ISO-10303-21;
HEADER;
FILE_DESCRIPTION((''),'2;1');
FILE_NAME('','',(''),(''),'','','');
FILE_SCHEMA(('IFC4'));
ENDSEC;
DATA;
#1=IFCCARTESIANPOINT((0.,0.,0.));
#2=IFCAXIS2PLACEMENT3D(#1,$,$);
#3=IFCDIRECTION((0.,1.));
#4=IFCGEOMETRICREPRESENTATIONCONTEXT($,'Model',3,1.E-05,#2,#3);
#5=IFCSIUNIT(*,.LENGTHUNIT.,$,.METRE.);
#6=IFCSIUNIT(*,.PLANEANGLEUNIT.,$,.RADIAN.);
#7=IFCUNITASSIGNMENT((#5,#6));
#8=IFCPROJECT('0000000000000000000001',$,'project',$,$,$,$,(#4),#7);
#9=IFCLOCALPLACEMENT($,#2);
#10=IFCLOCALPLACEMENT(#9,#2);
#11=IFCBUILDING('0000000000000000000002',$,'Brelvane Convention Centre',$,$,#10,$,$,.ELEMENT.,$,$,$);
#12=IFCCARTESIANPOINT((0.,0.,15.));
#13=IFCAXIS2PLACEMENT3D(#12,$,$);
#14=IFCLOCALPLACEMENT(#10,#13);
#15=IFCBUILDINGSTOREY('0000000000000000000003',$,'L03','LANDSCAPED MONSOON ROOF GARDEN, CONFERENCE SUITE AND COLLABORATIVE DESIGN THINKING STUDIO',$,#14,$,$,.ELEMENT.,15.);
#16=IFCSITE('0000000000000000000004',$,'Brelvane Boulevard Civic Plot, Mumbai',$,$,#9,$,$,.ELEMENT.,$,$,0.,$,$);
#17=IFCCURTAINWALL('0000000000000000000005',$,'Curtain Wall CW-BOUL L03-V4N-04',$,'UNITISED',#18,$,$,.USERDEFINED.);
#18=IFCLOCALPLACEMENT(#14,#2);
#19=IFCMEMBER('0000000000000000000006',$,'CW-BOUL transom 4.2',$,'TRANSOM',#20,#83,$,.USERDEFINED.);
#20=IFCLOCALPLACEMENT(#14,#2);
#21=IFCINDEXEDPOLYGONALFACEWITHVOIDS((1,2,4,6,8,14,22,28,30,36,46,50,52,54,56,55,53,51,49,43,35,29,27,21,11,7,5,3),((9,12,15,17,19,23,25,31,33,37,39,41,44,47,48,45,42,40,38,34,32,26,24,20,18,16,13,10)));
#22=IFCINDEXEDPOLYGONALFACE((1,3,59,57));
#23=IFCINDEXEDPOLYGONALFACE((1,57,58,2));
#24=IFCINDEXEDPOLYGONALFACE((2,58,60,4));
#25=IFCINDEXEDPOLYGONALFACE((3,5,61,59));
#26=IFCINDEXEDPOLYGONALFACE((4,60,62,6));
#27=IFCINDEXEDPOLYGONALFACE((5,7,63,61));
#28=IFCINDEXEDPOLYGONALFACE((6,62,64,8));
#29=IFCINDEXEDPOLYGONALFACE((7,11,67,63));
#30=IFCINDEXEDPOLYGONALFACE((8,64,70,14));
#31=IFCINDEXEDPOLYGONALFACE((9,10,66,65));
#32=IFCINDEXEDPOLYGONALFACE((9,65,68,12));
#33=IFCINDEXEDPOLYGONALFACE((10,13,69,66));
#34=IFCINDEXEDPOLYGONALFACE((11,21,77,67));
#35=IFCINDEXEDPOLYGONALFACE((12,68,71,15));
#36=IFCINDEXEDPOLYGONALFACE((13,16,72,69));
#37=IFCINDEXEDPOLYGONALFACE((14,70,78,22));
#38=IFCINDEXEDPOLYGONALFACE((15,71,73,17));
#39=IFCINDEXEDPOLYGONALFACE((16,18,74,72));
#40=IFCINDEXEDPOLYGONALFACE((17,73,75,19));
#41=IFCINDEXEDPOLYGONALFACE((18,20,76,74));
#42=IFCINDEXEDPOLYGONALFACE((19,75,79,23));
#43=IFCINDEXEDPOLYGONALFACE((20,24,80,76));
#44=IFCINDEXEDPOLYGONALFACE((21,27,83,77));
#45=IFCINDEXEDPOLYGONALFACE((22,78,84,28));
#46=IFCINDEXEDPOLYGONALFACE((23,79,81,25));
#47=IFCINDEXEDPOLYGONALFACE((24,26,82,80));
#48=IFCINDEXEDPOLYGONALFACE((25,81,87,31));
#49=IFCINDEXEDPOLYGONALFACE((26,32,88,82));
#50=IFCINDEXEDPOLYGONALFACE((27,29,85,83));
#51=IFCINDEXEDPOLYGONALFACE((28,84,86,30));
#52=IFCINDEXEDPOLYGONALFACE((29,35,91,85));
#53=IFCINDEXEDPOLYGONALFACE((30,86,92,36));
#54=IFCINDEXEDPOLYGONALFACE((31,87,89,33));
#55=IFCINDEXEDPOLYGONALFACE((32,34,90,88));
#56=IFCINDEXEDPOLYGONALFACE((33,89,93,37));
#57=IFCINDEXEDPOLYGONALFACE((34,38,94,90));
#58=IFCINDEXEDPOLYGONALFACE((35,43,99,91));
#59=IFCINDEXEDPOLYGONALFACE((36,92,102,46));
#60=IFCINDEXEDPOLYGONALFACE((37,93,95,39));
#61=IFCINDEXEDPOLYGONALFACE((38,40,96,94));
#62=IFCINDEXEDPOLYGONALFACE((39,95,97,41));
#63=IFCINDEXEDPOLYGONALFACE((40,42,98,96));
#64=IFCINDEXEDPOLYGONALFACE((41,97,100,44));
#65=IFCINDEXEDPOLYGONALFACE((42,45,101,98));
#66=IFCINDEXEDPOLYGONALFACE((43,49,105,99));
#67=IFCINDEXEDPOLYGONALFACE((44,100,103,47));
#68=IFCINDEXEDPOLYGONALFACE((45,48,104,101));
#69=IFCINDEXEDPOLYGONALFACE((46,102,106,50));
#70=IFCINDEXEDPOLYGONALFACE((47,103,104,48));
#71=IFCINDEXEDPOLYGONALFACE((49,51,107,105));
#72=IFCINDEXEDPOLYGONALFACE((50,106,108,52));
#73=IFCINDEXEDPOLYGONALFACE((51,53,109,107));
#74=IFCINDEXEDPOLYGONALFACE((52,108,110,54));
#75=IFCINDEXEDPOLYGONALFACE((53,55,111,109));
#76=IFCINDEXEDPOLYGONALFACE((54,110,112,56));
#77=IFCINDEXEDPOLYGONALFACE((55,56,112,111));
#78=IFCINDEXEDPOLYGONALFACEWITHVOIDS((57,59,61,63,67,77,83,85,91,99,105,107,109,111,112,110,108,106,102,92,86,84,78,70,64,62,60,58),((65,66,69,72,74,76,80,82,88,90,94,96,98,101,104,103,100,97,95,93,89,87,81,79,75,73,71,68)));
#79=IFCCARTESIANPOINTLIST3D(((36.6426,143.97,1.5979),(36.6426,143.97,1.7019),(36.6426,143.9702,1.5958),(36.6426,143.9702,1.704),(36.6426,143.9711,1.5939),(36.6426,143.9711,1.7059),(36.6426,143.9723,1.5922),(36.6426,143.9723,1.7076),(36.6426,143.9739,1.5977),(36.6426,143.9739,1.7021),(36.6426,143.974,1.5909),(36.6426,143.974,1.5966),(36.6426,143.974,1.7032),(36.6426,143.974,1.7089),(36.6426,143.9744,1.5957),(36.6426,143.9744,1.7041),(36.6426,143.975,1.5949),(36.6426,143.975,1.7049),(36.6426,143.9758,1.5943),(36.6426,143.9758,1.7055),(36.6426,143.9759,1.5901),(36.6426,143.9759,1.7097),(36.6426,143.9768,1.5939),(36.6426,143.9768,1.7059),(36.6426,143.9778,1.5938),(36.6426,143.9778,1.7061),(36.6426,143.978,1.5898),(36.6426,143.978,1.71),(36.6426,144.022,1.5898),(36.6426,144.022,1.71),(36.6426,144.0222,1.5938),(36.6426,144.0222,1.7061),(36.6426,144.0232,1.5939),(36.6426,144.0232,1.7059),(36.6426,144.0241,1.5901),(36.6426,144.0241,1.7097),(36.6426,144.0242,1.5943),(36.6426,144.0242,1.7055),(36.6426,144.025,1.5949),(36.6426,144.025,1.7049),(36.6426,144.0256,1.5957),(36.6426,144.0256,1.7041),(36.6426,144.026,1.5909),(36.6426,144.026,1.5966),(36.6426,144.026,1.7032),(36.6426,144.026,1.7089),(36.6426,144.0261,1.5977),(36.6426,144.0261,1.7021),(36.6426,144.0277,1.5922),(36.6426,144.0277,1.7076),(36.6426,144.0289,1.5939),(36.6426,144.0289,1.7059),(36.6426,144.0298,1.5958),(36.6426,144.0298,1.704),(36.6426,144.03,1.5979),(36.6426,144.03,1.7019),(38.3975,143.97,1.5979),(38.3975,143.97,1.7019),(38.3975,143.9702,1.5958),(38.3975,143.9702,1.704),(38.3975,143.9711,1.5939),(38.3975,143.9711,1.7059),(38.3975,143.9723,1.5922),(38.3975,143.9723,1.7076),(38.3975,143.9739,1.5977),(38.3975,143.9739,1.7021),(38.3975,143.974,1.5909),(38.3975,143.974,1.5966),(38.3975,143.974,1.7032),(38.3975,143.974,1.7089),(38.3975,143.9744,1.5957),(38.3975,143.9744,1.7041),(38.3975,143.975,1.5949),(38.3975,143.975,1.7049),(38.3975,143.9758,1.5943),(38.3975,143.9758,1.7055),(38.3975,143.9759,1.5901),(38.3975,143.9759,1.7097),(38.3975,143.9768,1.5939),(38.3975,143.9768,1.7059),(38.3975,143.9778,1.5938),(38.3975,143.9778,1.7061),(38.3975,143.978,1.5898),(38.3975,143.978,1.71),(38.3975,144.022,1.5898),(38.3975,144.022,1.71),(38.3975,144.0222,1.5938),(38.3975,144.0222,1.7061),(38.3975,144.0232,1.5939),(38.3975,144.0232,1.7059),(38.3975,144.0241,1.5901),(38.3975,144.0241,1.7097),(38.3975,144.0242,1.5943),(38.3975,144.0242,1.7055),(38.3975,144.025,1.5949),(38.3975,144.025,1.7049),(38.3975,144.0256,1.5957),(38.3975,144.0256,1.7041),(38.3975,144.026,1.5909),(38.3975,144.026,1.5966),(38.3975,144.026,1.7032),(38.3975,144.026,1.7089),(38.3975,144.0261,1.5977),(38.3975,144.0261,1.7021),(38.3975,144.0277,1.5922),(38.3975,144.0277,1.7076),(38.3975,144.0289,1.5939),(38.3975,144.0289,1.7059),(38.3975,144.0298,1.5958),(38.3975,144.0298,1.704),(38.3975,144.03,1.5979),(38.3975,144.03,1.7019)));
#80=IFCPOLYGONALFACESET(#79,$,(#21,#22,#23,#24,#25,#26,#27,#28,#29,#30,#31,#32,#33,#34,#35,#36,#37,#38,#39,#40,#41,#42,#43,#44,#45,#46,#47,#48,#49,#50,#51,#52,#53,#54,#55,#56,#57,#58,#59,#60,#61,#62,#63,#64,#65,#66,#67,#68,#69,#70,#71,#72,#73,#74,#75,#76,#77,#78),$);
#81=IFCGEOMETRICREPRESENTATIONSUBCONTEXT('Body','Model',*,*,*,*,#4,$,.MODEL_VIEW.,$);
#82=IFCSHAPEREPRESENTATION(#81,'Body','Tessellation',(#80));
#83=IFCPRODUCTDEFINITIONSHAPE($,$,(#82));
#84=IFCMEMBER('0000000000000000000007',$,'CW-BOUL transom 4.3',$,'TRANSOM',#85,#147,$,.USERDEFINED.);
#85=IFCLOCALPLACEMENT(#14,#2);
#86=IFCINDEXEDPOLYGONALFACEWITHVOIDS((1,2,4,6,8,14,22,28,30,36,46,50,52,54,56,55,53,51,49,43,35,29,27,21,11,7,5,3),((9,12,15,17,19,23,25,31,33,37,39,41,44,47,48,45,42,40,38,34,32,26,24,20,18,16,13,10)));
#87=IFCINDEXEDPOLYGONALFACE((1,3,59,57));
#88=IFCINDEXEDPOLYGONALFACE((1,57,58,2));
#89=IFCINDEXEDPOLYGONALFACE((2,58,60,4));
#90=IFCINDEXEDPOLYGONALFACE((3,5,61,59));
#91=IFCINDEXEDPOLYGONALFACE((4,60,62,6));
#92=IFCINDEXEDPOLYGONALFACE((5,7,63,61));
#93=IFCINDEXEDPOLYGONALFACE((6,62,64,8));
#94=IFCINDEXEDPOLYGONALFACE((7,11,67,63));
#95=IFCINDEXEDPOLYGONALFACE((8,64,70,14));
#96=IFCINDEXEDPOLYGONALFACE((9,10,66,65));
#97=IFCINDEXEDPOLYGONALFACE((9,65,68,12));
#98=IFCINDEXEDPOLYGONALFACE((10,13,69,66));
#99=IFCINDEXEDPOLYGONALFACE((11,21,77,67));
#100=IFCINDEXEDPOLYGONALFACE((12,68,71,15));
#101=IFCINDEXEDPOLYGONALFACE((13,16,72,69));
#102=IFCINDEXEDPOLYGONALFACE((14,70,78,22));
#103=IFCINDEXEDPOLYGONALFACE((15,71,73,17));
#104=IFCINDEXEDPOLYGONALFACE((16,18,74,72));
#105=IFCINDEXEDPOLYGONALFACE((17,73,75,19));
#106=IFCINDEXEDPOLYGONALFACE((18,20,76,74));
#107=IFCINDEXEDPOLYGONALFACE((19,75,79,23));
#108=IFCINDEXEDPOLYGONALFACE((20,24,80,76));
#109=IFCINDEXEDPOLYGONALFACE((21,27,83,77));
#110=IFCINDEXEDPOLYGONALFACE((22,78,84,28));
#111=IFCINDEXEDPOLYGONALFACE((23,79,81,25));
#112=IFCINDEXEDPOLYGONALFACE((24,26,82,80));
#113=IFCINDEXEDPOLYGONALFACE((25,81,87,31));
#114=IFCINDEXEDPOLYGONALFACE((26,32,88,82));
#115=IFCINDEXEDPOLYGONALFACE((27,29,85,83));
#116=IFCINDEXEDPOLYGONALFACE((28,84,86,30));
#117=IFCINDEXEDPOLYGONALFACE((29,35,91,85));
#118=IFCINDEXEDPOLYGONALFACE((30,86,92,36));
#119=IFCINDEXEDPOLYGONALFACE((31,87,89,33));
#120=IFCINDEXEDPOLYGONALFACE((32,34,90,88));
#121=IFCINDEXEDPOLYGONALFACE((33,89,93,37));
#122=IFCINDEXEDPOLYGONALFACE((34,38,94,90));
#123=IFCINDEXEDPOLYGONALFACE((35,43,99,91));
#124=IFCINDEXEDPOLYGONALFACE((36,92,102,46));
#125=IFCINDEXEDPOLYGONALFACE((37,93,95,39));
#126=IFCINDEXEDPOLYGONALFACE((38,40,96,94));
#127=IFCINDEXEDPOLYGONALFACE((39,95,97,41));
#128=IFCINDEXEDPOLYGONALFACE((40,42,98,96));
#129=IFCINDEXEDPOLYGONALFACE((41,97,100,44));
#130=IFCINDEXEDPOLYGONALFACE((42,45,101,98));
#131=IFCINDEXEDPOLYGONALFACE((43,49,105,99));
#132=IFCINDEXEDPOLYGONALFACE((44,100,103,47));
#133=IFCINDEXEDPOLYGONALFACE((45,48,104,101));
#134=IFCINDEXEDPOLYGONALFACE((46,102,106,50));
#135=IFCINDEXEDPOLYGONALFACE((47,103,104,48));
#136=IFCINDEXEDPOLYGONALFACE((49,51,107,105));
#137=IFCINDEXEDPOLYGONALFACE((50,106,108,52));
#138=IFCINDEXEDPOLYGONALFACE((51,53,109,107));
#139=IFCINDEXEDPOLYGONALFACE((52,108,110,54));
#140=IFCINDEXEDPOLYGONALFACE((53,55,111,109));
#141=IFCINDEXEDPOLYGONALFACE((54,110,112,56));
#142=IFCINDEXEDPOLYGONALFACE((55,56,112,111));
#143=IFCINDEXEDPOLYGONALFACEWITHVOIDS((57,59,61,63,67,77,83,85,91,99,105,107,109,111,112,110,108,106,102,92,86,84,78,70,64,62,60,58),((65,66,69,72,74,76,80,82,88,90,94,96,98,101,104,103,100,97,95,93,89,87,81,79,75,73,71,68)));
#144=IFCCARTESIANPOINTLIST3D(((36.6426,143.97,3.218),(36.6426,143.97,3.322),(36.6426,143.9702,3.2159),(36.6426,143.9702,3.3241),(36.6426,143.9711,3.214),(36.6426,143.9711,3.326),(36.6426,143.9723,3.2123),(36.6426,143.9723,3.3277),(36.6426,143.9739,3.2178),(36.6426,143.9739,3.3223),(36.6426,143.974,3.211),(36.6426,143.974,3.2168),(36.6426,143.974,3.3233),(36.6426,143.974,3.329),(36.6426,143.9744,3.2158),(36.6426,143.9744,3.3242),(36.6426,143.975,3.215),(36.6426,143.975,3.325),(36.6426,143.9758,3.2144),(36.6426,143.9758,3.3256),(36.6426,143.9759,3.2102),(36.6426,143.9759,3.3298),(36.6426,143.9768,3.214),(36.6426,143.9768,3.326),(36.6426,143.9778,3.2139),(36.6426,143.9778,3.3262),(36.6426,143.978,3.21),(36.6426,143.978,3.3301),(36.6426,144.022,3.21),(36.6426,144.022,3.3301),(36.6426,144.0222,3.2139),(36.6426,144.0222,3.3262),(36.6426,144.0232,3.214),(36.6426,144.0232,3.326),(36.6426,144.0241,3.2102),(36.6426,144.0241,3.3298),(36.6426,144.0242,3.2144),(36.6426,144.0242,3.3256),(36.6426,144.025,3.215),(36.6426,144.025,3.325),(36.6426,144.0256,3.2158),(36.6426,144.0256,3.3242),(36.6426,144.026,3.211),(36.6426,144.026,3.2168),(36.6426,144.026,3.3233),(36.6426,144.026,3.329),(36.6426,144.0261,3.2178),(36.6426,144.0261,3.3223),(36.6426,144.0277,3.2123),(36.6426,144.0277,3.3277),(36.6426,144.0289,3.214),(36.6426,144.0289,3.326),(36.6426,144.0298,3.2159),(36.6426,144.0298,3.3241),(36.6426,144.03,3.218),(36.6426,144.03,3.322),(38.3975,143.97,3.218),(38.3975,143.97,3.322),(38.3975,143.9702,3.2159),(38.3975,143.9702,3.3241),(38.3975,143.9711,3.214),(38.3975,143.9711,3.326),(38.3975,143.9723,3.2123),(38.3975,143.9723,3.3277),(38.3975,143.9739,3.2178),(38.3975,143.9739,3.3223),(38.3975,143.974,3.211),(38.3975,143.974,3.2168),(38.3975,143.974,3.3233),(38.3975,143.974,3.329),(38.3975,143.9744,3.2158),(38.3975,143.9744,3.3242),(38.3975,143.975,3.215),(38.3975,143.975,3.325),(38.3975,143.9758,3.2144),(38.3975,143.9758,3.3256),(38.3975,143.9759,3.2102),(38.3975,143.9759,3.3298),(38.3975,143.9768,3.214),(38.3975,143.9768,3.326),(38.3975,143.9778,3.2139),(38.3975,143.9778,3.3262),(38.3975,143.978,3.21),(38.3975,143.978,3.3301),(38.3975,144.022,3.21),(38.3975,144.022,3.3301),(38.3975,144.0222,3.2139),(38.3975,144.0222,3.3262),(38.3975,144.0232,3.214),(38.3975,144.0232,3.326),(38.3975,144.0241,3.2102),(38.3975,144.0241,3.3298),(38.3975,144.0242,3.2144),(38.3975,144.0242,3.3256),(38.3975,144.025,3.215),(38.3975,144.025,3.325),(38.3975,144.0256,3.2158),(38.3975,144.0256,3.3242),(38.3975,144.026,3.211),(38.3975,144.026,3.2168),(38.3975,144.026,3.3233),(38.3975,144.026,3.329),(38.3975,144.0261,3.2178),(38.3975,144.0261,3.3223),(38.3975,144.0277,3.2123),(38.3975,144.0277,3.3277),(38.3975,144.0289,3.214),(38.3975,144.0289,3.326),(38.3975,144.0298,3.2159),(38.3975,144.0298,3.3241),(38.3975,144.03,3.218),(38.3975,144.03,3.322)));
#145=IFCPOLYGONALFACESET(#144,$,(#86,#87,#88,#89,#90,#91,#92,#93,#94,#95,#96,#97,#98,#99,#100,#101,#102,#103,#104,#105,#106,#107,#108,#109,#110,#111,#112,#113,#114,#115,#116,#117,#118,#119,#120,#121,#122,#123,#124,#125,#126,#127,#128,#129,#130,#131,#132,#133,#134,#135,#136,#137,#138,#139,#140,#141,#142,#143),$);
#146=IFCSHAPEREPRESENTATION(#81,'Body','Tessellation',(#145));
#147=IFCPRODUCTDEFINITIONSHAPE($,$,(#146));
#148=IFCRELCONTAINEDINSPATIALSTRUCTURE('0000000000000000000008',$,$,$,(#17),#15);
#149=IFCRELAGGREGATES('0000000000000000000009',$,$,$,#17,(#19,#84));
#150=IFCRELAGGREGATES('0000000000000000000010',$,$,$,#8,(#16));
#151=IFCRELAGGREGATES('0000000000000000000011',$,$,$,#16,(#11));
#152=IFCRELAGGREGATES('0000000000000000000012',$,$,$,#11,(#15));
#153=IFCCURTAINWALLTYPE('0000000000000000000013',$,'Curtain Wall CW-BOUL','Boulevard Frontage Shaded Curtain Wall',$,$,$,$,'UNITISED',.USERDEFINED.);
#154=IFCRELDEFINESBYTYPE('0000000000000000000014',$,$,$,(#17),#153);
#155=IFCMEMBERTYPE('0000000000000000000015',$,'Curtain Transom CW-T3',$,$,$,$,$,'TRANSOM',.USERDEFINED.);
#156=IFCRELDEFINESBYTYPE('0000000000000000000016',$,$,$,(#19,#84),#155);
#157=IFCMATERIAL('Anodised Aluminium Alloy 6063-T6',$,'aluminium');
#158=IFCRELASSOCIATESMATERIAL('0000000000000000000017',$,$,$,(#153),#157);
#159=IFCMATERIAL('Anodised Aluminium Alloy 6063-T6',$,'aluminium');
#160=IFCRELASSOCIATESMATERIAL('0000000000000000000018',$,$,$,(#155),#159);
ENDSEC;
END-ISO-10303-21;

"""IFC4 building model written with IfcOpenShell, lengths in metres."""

from ifc_helpers import new_model, si_unit, direction, frame, origin, origin_2d, place, context, subcontext, project, spatial, hollow_rectangle, extrude, material, material_profile, profile_set, type_object, element, aggregate, save


model = new_model("IFC4")

# Units and contexts
model_context = context("Model", 3, precision=1e-05, world=origin(), true_north=direction((0.0, 1.0)))
body_context = subcontext(model_context, "Body", "Model", "MODEL_VIEW")
ifc_project = project(units=[si_unit("LENGTHUNIT", "METRE"), si_unit("PLANEANGLEUNIT", "RADIAN")], contexts=[model_context])

# Site, building, storey
site_placement = place(None, origin())
site = spatial("IfcSite", under=ifc_project, at=site_placement, Name="Brelvane Boulevard Civic Plot, Mumbai", CompositionType="ELEMENT", RefElevation=0.0)
building_placement = place(site_placement, origin())
building = spatial("IfcBuilding", under=site, at=building_placement, Name="Brelvane Convention Centre", CompositionType="ELEMENT")
storey_placement = place(building_placement, frame((0.0, 0.0, 15.0)))
storey = spatial("IfcBuildingStorey", under=building, at=storey_placement, Name="L03", Description="LANDSCAPED MONSOON ROOF GARDEN, CONFERENCE SUITE AND COLLABORATIVE DESIGN THINKING STUDIO", CompositionType="ELEMENT", Elevation=15.0)

# Curtain wall, members
ifc_material_1 = material(Name="Anodised Aluminium Alloy 6063-T6", Category="aluminium")
curtain_wall_type = type_object("IfcCurtainWallType", Name="Curtain Wall CW-BOUL", Description="Boulevard Frontage Shaded Curtain Wall", ElementType="UNITISED", PredefinedType="USERDEFINED", material=ifc_material_1)
curtain_wall_placement = place(storey_placement, origin())
curtain_wall = element("IfcCurtainWall", 1, at=curtain_wall_placement, inside=storey, type_object=curtain_wall_type, Name="Curtain Wall CW-BOUL L03-V4N-04", ObjectType="UNITISED", PredefinedType="USERDEFINED")
ifc_material_2 = material(Name="Anodised Aluminium Alloy 6063-T6", Category="aluminium")
ifc_material_profile_1 = material_profile(ifc_material_2, hollow_rectangle(XDim=0.0601, YDim=0.1201, WallThickness=0.0039, InnerFilletRadius=0.0039, OuterFilletRadius=0.0081, at=origin_2d()), Name="ALU-T 120x60x4.0")
ifc_profile_set_1 = profile_set([ifc_material_profile_1], Name="Anodised Aluminium Alloy 6063-T6")
member_type_1 = type_object("IfcMemberType", Name="Curtain Transom CW-T3", ElementType="TRANSOM", PredefinedType="USERDEFINED", material=ifc_profile_set_1)
member_1_placement = place(storey_placement, frame((36.6426, 144.0, 1.6499), z_axis=(1.0, 0.0, 0.0), x_axis=(0.0, 1.0, 0.0)))
member_1 = element("IfcMember", 2, at=member_1_placement, type_object=member_type_1, Name="CW-BOUL transom 4.2", ObjectType="TRANSOM", PredefinedType="USERDEFINED", context=body_context, shape_type="SweptSolid", body=[
    extrude(hollow_rectangle(XDim=0.0601, YDim=0.1201, WallThickness=0.0039, InnerFilletRadius=0.0039, OuterFilletRadius=0.0081, at=origin_2d()), origin(), (0.0, 0.0, 1.0), 1.7549),
])
member_2_placement = place(storey_placement, frame((36.6426, 144.0, 3.27), z_axis=(1.0, 0.0, 0.0), x_axis=(0.0, 1.0, 0.0)))
member_2 = element("IfcMember", 3, at=member_2_placement, type_object=member_type_1, Name="CW-BOUL transom 4.3", ObjectType="TRANSOM", PredefinedType="USERDEFINED", context=body_context, shape_type="SweptSolid", body=[
    extrude(hollow_rectangle(XDim=0.0601, YDim=0.1201, WallThickness=0.0039, InnerFilletRadius=0.0039, OuterFilletRadius=0.0081, at=origin_2d()), origin(), (0.0, 0.0, 1.0), 1.7549),
])

aggregate(curtain_wall, [member_1, member_2])

save(model, "model.ifc")
